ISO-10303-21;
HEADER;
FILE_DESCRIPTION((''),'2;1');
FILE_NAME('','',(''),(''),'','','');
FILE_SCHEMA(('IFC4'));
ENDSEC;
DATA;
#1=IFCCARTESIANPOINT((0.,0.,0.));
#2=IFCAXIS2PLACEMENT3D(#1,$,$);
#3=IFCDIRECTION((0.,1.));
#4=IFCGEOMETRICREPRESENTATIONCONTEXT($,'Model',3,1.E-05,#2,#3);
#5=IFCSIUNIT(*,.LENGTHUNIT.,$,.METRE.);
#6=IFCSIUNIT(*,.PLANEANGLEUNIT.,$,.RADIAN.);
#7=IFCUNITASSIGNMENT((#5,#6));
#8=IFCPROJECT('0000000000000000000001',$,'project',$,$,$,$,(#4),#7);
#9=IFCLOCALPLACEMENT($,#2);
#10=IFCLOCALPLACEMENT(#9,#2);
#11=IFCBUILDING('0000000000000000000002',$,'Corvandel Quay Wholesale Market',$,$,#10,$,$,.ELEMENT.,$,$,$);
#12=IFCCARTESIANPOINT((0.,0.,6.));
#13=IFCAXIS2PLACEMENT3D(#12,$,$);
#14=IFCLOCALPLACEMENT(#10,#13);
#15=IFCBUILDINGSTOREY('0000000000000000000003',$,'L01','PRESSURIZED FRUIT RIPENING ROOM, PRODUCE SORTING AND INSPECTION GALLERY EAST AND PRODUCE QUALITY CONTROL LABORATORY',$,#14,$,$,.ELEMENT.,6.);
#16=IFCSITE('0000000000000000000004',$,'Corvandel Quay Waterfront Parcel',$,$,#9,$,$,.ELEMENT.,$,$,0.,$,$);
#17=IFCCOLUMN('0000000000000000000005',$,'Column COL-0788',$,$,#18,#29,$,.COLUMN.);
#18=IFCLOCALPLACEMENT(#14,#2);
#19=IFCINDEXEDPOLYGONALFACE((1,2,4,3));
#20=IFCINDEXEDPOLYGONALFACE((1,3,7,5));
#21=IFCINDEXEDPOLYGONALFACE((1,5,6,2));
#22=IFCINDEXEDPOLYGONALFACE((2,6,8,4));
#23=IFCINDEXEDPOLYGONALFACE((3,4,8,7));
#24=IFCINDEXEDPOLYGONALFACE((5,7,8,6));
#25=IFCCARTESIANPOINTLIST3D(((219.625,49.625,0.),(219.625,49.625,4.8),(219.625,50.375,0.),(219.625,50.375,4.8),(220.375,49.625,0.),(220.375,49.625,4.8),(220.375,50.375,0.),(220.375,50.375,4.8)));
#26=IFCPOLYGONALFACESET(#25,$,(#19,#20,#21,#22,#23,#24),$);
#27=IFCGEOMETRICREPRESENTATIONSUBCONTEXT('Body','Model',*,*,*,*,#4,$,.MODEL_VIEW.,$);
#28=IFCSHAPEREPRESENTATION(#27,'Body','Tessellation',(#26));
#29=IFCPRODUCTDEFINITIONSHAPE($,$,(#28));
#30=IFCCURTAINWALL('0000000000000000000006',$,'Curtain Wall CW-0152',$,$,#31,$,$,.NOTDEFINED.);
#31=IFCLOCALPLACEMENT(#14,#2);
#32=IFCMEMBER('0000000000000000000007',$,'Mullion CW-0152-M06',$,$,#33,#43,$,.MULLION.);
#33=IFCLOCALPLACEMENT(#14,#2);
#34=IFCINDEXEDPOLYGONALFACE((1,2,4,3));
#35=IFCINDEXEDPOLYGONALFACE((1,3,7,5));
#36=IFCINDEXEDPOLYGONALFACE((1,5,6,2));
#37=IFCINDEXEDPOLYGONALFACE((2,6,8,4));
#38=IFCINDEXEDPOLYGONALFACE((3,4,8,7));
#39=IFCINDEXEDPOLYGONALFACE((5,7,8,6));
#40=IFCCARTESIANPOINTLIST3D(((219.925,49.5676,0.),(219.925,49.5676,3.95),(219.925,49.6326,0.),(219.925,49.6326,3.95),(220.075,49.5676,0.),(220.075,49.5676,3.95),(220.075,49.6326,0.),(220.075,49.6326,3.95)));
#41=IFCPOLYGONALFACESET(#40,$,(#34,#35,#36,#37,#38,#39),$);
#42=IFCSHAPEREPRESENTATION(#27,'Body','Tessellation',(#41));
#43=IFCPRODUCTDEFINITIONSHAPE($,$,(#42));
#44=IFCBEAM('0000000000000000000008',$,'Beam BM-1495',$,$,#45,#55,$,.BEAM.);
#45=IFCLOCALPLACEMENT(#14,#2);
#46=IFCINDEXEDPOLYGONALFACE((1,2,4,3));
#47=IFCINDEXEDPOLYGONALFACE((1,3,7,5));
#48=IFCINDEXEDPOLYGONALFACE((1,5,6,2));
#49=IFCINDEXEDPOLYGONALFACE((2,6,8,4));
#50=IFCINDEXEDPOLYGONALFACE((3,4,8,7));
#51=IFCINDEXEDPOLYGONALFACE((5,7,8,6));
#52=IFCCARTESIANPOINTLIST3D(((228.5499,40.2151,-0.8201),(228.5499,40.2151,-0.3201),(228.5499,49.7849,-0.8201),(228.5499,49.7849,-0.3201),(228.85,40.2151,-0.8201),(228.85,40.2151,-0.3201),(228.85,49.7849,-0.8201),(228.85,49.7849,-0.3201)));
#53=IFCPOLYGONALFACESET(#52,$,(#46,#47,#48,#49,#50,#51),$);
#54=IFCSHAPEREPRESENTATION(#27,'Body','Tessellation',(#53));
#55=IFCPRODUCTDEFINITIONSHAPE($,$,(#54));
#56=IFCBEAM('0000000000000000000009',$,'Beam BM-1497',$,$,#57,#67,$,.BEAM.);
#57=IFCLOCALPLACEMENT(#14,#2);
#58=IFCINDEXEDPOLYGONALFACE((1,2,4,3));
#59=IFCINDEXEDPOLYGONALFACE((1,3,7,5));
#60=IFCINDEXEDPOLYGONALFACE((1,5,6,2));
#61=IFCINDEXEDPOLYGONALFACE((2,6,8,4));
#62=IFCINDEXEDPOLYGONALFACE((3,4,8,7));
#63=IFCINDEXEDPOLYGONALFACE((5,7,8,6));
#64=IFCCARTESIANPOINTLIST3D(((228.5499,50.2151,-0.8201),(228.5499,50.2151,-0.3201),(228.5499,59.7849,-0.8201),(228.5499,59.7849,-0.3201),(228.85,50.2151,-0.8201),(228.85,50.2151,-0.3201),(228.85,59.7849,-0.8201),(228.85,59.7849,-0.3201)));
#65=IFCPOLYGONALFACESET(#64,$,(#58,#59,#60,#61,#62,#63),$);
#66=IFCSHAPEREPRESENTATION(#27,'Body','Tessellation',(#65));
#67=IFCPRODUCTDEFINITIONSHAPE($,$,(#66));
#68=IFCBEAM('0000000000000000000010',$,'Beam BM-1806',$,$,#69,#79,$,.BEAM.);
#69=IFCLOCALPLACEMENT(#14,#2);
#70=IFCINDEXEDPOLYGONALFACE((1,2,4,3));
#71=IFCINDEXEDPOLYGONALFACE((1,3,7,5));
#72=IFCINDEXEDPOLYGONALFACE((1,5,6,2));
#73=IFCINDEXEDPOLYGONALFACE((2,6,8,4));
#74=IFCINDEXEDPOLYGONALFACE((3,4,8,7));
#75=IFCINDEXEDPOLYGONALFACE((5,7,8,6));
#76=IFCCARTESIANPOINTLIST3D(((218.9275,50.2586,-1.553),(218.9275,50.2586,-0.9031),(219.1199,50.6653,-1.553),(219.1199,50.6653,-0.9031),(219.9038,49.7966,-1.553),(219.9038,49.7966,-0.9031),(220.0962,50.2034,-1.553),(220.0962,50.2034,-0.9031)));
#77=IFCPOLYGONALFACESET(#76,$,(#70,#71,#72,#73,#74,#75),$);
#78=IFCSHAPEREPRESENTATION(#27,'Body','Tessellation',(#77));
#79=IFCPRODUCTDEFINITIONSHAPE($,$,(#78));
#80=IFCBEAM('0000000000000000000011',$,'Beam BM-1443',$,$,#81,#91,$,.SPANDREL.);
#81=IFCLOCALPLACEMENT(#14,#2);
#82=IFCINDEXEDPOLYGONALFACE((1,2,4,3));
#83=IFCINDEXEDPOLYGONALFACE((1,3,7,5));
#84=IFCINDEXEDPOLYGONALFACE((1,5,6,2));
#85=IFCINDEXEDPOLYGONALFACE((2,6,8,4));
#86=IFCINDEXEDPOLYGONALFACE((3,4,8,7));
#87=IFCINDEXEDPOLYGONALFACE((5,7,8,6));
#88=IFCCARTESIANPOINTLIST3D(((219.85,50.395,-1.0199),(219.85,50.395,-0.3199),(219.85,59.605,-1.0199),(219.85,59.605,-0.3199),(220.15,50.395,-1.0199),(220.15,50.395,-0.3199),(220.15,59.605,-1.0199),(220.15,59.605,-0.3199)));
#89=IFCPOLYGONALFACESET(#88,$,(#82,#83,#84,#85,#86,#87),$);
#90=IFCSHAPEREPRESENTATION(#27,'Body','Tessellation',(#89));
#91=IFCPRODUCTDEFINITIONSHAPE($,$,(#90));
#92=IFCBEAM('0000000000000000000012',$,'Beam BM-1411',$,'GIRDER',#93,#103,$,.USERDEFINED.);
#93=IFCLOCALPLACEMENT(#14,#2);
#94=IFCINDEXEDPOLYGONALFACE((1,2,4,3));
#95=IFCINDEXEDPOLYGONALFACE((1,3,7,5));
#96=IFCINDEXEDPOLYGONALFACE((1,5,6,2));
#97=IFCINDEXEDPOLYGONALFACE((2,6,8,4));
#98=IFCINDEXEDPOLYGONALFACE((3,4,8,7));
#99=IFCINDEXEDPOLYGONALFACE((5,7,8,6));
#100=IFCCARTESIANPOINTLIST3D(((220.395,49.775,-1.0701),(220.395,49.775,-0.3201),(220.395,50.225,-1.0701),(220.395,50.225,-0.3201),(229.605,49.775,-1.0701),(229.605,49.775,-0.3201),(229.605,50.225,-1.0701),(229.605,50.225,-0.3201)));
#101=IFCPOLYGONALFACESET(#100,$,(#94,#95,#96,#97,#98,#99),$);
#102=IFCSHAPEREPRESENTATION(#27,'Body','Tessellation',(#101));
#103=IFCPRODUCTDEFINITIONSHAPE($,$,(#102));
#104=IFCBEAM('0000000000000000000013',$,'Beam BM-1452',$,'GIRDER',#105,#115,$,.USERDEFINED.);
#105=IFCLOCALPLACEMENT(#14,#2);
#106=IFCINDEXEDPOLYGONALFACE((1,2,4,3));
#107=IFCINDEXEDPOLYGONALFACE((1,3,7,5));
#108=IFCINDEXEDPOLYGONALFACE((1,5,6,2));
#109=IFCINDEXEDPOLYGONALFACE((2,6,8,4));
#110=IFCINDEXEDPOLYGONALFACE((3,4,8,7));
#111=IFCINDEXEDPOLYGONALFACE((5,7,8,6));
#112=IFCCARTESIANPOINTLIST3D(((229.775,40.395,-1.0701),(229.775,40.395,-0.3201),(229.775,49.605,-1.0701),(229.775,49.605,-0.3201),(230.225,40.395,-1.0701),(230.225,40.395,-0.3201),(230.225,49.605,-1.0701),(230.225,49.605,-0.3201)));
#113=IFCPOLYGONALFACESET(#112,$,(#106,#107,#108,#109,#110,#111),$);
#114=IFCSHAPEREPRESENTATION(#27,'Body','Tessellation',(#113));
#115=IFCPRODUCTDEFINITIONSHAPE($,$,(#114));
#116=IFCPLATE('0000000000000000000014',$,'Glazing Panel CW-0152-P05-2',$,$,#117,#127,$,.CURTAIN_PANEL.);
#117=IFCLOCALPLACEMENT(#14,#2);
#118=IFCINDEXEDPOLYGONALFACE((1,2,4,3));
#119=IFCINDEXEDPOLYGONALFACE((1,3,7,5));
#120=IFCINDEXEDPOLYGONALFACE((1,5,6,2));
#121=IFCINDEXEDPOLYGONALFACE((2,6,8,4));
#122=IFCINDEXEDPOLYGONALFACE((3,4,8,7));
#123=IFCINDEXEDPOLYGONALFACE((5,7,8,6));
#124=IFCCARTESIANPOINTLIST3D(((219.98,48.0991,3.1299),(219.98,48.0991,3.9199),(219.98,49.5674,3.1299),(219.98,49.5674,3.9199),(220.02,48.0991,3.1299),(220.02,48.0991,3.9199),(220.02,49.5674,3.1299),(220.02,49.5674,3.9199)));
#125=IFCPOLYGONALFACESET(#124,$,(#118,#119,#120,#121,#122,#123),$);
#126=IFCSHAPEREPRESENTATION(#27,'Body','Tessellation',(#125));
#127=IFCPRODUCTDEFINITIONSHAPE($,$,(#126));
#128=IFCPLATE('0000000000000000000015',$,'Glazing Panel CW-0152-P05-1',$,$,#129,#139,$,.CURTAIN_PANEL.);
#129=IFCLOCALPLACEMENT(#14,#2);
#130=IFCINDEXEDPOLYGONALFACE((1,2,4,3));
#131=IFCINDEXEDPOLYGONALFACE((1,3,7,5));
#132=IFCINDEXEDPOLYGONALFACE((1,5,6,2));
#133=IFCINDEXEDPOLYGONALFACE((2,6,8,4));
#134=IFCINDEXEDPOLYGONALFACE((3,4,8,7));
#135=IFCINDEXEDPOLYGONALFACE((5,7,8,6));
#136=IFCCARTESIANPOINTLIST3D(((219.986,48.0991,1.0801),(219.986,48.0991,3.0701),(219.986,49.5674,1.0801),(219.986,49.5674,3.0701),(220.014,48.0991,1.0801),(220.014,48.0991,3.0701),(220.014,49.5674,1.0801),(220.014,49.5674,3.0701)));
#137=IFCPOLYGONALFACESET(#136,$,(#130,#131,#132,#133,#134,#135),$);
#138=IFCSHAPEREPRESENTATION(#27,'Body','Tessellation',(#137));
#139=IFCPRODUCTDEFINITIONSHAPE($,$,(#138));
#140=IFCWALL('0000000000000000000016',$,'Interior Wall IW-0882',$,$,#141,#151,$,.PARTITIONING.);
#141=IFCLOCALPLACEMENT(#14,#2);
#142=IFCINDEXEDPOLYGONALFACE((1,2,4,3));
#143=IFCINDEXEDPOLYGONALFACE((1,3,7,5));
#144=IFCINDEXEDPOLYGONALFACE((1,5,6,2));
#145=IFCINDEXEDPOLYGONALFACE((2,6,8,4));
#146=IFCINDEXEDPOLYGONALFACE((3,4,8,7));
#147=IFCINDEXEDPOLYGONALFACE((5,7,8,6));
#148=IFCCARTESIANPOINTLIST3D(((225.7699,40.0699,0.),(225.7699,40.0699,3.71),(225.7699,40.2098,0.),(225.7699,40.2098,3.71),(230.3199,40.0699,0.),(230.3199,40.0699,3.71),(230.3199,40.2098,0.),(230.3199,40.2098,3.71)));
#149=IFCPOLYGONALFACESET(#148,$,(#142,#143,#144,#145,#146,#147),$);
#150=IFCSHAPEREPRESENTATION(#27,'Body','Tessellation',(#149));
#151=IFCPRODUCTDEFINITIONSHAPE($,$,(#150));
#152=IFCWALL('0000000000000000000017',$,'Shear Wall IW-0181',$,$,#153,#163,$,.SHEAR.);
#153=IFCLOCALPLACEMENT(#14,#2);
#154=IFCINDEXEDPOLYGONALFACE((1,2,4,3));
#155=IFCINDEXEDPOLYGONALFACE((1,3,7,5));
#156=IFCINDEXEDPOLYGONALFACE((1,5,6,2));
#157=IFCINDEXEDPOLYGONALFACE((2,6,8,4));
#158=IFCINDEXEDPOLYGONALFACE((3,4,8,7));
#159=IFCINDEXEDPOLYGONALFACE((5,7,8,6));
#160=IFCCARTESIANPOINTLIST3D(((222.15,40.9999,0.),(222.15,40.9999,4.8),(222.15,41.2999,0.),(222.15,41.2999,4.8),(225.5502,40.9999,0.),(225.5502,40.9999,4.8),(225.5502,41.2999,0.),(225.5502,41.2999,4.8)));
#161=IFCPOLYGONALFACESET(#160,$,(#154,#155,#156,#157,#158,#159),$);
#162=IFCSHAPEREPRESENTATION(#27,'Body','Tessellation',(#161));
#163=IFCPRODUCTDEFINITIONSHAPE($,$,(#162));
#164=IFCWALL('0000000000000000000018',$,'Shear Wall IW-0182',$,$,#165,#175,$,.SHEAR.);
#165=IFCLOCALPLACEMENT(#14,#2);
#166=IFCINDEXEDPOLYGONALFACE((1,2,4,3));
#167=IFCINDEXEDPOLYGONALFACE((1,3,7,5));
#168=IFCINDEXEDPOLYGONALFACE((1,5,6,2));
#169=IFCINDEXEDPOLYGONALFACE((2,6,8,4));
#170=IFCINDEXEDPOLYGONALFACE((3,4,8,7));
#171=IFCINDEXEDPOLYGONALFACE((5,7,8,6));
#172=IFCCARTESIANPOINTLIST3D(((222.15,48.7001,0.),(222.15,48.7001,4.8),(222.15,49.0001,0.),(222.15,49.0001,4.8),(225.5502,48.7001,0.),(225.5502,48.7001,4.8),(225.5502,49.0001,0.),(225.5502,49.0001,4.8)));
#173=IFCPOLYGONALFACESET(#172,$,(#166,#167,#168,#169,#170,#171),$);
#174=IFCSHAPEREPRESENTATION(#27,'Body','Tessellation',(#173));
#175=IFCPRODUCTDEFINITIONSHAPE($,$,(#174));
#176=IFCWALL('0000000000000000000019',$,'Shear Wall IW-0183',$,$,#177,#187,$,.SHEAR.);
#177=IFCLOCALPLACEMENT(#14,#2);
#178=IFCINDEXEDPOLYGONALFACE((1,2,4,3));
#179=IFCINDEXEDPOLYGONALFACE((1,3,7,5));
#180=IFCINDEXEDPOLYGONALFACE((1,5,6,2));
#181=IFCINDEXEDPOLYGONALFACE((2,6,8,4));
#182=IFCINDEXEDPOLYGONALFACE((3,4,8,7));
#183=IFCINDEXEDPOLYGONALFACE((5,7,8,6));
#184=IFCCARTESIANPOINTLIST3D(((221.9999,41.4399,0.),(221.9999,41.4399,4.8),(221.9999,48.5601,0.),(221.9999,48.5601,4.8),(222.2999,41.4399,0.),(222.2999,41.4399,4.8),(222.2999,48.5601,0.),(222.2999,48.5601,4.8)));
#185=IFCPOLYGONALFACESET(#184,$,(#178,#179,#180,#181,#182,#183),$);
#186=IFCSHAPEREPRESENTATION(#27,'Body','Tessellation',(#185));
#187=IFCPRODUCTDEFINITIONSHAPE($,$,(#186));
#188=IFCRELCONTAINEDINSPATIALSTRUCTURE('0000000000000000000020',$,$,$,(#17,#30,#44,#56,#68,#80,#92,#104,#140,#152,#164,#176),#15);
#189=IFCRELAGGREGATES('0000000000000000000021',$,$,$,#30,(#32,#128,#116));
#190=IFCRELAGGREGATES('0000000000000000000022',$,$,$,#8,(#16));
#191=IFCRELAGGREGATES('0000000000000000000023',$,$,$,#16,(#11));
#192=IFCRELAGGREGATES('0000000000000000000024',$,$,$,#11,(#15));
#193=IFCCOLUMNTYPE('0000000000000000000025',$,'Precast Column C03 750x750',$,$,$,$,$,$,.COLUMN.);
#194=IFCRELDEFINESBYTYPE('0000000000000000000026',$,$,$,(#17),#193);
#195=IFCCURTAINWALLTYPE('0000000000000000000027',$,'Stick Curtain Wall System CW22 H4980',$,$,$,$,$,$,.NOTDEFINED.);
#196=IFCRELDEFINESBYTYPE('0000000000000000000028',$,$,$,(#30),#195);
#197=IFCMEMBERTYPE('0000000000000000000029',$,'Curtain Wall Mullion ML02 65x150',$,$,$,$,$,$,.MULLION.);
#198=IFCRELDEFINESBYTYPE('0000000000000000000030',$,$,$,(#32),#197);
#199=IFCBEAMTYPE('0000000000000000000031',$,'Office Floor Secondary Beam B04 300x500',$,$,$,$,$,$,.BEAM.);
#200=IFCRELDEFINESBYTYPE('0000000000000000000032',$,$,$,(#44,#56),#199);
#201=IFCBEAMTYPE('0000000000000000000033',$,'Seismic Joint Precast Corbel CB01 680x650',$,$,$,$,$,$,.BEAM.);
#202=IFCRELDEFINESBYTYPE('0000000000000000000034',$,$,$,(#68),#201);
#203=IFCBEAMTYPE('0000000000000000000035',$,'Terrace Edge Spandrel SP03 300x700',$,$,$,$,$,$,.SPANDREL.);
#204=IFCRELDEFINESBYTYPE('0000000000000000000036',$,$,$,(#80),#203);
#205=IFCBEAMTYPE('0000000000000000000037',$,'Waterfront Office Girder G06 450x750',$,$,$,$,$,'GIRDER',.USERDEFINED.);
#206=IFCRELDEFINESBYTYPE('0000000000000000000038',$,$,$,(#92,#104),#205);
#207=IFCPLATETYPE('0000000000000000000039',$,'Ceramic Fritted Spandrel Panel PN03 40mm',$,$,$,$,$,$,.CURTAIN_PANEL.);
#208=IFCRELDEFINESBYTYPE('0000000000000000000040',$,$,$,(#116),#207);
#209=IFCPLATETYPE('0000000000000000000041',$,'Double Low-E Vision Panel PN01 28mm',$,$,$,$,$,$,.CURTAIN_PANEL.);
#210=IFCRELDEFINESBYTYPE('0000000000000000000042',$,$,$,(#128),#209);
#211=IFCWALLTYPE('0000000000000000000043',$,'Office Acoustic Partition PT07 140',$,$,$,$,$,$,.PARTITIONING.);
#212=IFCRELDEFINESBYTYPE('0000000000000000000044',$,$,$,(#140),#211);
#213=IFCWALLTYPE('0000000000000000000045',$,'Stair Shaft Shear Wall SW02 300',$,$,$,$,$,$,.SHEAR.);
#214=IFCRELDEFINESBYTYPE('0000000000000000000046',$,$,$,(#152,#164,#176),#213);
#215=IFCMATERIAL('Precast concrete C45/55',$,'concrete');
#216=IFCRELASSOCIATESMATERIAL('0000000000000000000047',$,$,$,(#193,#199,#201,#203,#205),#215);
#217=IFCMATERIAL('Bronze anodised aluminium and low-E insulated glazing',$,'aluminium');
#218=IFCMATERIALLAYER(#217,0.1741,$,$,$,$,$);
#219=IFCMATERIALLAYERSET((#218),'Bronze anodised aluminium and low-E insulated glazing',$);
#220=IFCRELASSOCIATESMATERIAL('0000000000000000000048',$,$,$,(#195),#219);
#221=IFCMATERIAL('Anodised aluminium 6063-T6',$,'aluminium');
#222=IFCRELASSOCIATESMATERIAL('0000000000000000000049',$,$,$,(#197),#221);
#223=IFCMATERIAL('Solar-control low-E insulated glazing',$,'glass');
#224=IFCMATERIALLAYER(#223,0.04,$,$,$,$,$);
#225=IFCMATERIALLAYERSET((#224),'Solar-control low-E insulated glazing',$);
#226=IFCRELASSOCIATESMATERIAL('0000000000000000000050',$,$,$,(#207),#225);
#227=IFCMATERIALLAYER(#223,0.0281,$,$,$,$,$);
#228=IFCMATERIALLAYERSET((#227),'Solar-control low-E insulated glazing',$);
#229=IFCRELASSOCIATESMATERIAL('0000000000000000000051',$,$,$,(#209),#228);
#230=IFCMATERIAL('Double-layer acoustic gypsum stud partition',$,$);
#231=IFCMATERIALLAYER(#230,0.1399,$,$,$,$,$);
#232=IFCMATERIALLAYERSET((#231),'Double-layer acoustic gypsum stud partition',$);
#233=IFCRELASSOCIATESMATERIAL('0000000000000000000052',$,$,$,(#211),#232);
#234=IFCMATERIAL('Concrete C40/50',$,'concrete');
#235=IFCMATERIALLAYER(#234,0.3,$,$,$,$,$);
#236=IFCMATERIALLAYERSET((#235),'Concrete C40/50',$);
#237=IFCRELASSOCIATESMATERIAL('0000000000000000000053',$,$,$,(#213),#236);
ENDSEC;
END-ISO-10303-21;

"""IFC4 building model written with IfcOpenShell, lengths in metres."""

from ifc_helpers import new_model, si_unit, direction, frame, frame_2d, origin, origin_2d, place, context, subcontext, project, spatial, rectangle, extrude, material, layer, layer_set, material_profile, profile_set, type_object, element, aggregate, save


model = new_model("IFC4")

# Units and contexts
model_context = context("Model", 3, precision=1e-05, world=origin(), true_north=direction((0.0, 1.0)))
body_context = subcontext(model_context, "Body", "Model", "MODEL_VIEW")
ifc_project = project(units=[si_unit("LENGTHUNIT", "METRE"), si_unit("PLANEANGLEUNIT", "RADIAN")], contexts=[model_context])

# Site, building, storey
site_placement = place(None, origin())
site = spatial("IfcSite", under=ifc_project, at=site_placement, Name="Corvandel Quay Waterfront Parcel", CompositionType="ELEMENT", RefElevation=0.0)
building_placement = place(site_placement, origin())
building = spatial("IfcBuilding", under=site, at=building_placement, Name="Corvandel Quay Wholesale Market", CompositionType="ELEMENT")
storey_placement = place(building_placement, frame((0.0, 0.0, 6.0)))
storey = spatial("IfcBuildingStorey", under=building, at=storey_placement, Name="L01", Description="PRESSURIZED FRUIT RIPENING ROOM, PRODUCE SORTING AND INSPECTION GALLERY EAST AND PRODUCE QUALITY CONTROL LABORATORY", CompositionType="ELEMENT", Elevation=6.0)

# Column
ifc_material_1 = material(Name="Precast concrete C45/55", Category="concrete")
ifc_material_profile_1 = material_profile(ifc_material_1, rectangle(XDim=0.75, YDim=0.75, at=origin_2d()), Name="PC-COL-750x750")
ifc_profile_set_1 = profile_set([ifc_material_profile_1], Name="Precast concrete C45/55")
column_type = type_object("IfcColumnType", Name="Precast Column C03 750x750", PredefinedType="COLUMN", material=ifc_profile_set_1)
column_placement = place(storey_placement, frame((220.0, 50.0, 0.0), z_axis=(0.0, 0.0, 1.0), x_axis=(1.0, 0.0, 0.0)))
element("IfcColumn", 1, at=column_placement, inside=storey, type_object=column_type, Name="Column COL-0788", PredefinedType="COLUMN", context=body_context, shape_type="SweptSolid", body=[
    extrude(rectangle(XDim=0.75, YDim=0.75, at=origin_2d()), origin(), (0.0, 0.0, 1.0), 4.8),
])

# Curtain wall, member
ifc_material_2 = material(Name="Bronze anodised aluminium and low-E insulated glazing", Category="aluminium")
ifc_layer_1 = layer(ifc_material_2, 0.1741)
ifc_layer_set_1 = layer_set([ifc_layer_1], Name="Bronze anodised aluminium and low-E insulated glazing")
curtain_wall_type = type_object("IfcCurtainWallType", Name="Stick Curtain Wall System CW22 H4980", PredefinedType="NOTDEFINED", material=ifc_layer_set_1)
curtain_wall_placement = place(storey_placement, origin())
curtain_wall = element("IfcCurtainWall", 2, at=curtain_wall_placement, inside=storey, type_object=curtain_wall_type, Name="Curtain Wall CW-0152", PredefinedType="NOTDEFINED")
ifc_material_3 = material(Name="Anodised aluminium 6063-T6", Category="aluminium")
ifc_material_profile_2 = material_profile(ifc_material_3, rectangle(XDim=0.0649, YDim=0.1499, at=origin_2d()), Name="ALU-MUL-65x150")
ifc_profile_set_2 = profile_set([ifc_material_profile_2], Name="Anodised aluminium 6063-T6")
member_type = type_object("IfcMemberType", Name="Curtain Wall Mullion ML02 65x150", PredefinedType="MULLION", material=ifc_profile_set_2)
member_placement = place(storey_placement, frame((220.0, 49.6001, 0.0), z_axis=(0.0, 0.0, 1.0), x_axis=(0.0, 1.0, 0.0)))
member = element("IfcMember", 3, at=member_placement, type_object=member_type, Name="Mullion CW-0152-M06", PredefinedType="MULLION", context=body_context, shape_type="SweptSolid", body=[
    extrude(rectangle(XDim=0.0649, YDim=0.1499, at=origin_2d()), origin(), (0.0, 0.0, 1.0), 3.95),
])

# Beams
ifc_material_profile_3 = material_profile(ifc_material_1, rectangle(XDim=0.3, YDim=0.5, at=origin_2d()), Name="PC-BM-300x500")
ifc_profile_set_3 = profile_set([ifc_material_profile_3], Name="Precast concrete C45/55")
beam_type_1 = type_object("IfcBeamType", Name="Office Floor Secondary Beam B04 300x500", PredefinedType="BEAM", material=ifc_profile_set_3)
for number, where, z_axis, x_axis, name in (
    (4, (228.7, 40.2151, -0.5701), (0.0, 1.0, 0.0), (-1.0, 0.0, 0.0), "Beam BM-1495"),
    (5, (228.7, 50.2151, -0.5701), (0.0, 1.0, 0.0), (-1.0, 0.0, 0.0), "Beam BM-1497"),
):
    element("IfcBeam", number, at=place(storey_placement, frame(where, z_axis=z_axis, x_axis=x_axis)), inside=storey, type_object=beam_type_1, Name=name, PredefinedType="BEAM", context=body_context, shape_type="SweptSolid", body=[
        extrude(rectangle(XDim=0.3, YDim=0.5, at=origin_2d()), origin(), (0.0, 0.0, 1.0), 9.5698),
    ])
ifc_material_profile_4 = material_profile(ifc_material_1, rectangle(XDim=0.45, YDim=0.6499, at=origin_2d()), Name="PC-COR-680x650")
ifc_profile_set_4 = profile_set([ifc_material_profile_4], Name="Precast concrete C45/55")
beam_type_2 = type_object("IfcBeamType", Name="Seismic Joint Precast Corbel CB01 680x650", PredefinedType="BEAM", material=ifc_profile_set_4)
beam_1_placement = place(storey_placement, frame((220.0, 50.0, -1.228), z_axis=(-0.903936, 0.427668, 0.0), x_axis=(-0.427668, -0.903936, 0.0)))
element("IfcBeam", 6, at=beam_1_placement, inside=storey, type_object=beam_type_2, Name="Beam BM-1806", PredefinedType="BEAM", context=body_context, shape_type="SweptSolid", body=[
    extrude(rectangle(XDim=0.45, YDim=0.6499, at=origin_2d()), origin(), (0.0, 0.0, 1.0), 1.0801),
])
ifc_material_profile_5 = material_profile(ifc_material_1, rectangle(XDim=0.3, YDim=0.7, at=origin_2d()), Name="PC-SPN-300x700")
ifc_profile_set_5 = profile_set([ifc_material_profile_5], Name="Precast concrete C45/55")
beam_type_3 = type_object("IfcBeamType", Name="Terrace Edge Spandrel SP03 300x700", PredefinedType="SPANDREL", material=ifc_profile_set_5)
beam_2_placement = place(storey_placement, frame((220.0, 50.395, -0.6699), z_axis=(0.0, 1.0, 0.0), x_axis=(-1.0, 0.0, 0.0)))
element("IfcBeam", 7, at=beam_2_placement, inside=storey, type_object=beam_type_3, Name="Beam BM-1443", PredefinedType="SPANDREL", context=body_context, shape_type="SweptSolid", body=[
    extrude(rectangle(XDim=0.3, YDim=0.7, at=origin_2d()), origin(), (0.0, 0.0, 1.0), 9.21),
])
ifc_material_profile_6 = material_profile(ifc_material_1, rectangle(XDim=0.45, YDim=0.75, at=origin_2d()), Name="PC-GIR-450x750")
ifc_profile_set_6 = profile_set([ifc_material_profile_6], Name="Precast concrete C45/55")
beam_type_4 = type_object("IfcBeamType", Name="Waterfront Office Girder G06 450x750", ElementType="GIRDER", PredefinedType="USERDEFINED", material=ifc_profile_set_6)
for number, where, z_axis, x_axis, name in (
    (8, (220.395, 50.0, -0.6951), (1.0, 0.0, 0.0), (0.0, 1.0, 0.0), "Beam BM-1411"),
    (9, (230.0, 40.395, -0.6951), (0.0, 1.0, 0.0), (-1.0, 0.0, 0.0), "Beam BM-1452"),
):
    element("IfcBeam", number, at=place(storey_placement, frame(where, z_axis=z_axis, x_axis=x_axis)), inside=storey, type_object=beam_type_4, Name=name, ObjectType="GIRDER", PredefinedType="USERDEFINED", context=body_context, shape_type="SweptSolid", body=[
        extrude(rectangle(XDim=0.45, YDim=0.75, at=origin_2d()), origin(), (0.0, 0.0, 1.0), 9.21),
    ])

# Plates
ifc_material_4 = material(Name="Solar-control low-E insulated glazing", Category="glass")
ifc_layer_2 = layer(ifc_material_4, 0.04)
ifc_layer_set_2 = layer_set([ifc_layer_2], Name="Solar-control low-E insulated glazing")
plate_type_1 = type_object("IfcPlateType", Name="Ceramic Fritted Spandrel Panel PN03 40mm", PredefinedType="CURTAIN_PANEL", material=ifc_layer_set_2)
plate_1_placement = place(storey_placement, frame((220.0, 48.8333, 3.1299), z_axis=(0.0, 0.0, 1.0), x_axis=(0.0, 1.0, 0.0)))
plate_1 = element("IfcPlate", 10, at=plate_1_placement, type_object=plate_type_1, Name="Glazing Panel CW-0152-P05-2", PredefinedType="CURTAIN_PANEL", context=body_context, shape_type="SweptSolid", body=[
    extrude(rectangle(XDim=1.4683, YDim=0.04, at=origin_2d()), origin(), (0.0, 0.0, 1.0), 0.79),
])
ifc_layer_3 = layer(ifc_material_4, 0.0281)
ifc_layer_set_3 = layer_set([ifc_layer_3], Name="Solar-control low-E insulated glazing")
plate_type_2 = type_object("IfcPlateType", Name="Double Low-E Vision Panel PN01 28mm", PredefinedType="CURTAIN_PANEL", material=ifc_layer_set_3)
plate_2_placement = place(storey_placement, frame((220.0, 48.8333, 1.0801), z_axis=(0.0, 0.0, 1.0), x_axis=(0.0, 1.0, 0.0)))
plate_2 = element("IfcPlate", 11, at=plate_2_placement, type_object=plate_type_2, Name="Glazing Panel CW-0152-P05-1", PredefinedType="CURTAIN_PANEL", context=body_context, shape_type="SweptSolid", body=[
    extrude(rectangle(XDim=1.4683, YDim=0.0281, at=origin_2d()), origin(), (0.0, 0.0, 1.0), 1.99),
])
aggregate(curtain_wall, [member, plate_2, plate_1])

# Walls
ifc_material_5 = material(Name="Double-layer acoustic gypsum stud partition")
ifc_layer_4 = layer(ifc_material_5, 0.1399)
ifc_layer_set_4 = layer_set([ifc_layer_4], Name="Double-layer acoustic gypsum stud partition")
wall_type_1 = type_object("IfcWallType", Name="Office Acoustic Partition PT07 140", PredefinedType="PARTITIONING", material=ifc_layer_set_4)
wall_1_placement = place(storey_placement, frame((225.77, 40.1399, 0.0), z_axis=(0.0, 0.0, 1.0), x_axis=(1.0, 0.0, 0.0)))
element("IfcWall", 12, at=wall_1_placement, inside=storey, type_object=wall_type_1, Name="Interior Wall IW-0882", PredefinedType="PARTITIONING", context=body_context, shape_type="SweptSolid", body=[
    extrude(rectangle(XDim=4.55, YDim=0.1399, at=frame_2d((2.2749, 0.0))), origin(), (0.0, 0.0, 1.0), 3.71),
])
ifc_material_6 = material(Name="Concrete C40/50", Category="concrete")
ifc_layer_5 = layer(ifc_material_6, 0.3)
ifc_layer_set_5 = layer_set([ifc_layer_5], Name="Concrete C40/50")
wall_type_2 = type_object("IfcWallType", Name="Stair Shaft Shear Wall SW02 300", PredefinedType="SHEAR", material=ifc_layer_set_5)
for number, where, z_axis, x_axis, name in (
    (13, (222.1499, 41.1499, 0.0), (0.0, 0.0, 1.0), (1.0, 0.0, 0.0), "Shear Wall IW-0181"),
    (14, (222.1499, 48.8501, 0.0), (0.0, 0.0, 1.0), (1.0, 0.0, 0.0), "Shear Wall IW-0182"),
):
    element("IfcWall", number, at=place(storey_placement, frame(where, z_axis=z_axis, x_axis=x_axis)), inside=storey, type_object=wall_type_2, Name=name, PredefinedType="SHEAR", context=body_context, shape_type="SweptSolid", body=[
        extrude(rectangle(XDim=3.4001, YDim=0.3, at=frame_2d((1.7002, 0.0))), origin(), (0.0, 0.0, 1.0), 4.8),
    ])
wall_2_placement = place(storey_placement, frame((222.1499, 41.4399, 0.0), z_axis=(0.0, 0.0, 1.0), x_axis=(0.0, 1.0, 0.0)))
element("IfcWall", 15, at=wall_2_placement, inside=storey, type_object=wall_type_2, Name="Shear Wall IW-0183", PredefinedType="SHEAR", context=body_context, shape_type="SweptSolid", body=[
    extrude(rectangle(XDim=7.1201, YDim=0.3, at=frame_2d((3.5601, 0.0))), origin(), (0.0, 0.0, 1.0), 4.8),
])

save(model, "model.ifc")
